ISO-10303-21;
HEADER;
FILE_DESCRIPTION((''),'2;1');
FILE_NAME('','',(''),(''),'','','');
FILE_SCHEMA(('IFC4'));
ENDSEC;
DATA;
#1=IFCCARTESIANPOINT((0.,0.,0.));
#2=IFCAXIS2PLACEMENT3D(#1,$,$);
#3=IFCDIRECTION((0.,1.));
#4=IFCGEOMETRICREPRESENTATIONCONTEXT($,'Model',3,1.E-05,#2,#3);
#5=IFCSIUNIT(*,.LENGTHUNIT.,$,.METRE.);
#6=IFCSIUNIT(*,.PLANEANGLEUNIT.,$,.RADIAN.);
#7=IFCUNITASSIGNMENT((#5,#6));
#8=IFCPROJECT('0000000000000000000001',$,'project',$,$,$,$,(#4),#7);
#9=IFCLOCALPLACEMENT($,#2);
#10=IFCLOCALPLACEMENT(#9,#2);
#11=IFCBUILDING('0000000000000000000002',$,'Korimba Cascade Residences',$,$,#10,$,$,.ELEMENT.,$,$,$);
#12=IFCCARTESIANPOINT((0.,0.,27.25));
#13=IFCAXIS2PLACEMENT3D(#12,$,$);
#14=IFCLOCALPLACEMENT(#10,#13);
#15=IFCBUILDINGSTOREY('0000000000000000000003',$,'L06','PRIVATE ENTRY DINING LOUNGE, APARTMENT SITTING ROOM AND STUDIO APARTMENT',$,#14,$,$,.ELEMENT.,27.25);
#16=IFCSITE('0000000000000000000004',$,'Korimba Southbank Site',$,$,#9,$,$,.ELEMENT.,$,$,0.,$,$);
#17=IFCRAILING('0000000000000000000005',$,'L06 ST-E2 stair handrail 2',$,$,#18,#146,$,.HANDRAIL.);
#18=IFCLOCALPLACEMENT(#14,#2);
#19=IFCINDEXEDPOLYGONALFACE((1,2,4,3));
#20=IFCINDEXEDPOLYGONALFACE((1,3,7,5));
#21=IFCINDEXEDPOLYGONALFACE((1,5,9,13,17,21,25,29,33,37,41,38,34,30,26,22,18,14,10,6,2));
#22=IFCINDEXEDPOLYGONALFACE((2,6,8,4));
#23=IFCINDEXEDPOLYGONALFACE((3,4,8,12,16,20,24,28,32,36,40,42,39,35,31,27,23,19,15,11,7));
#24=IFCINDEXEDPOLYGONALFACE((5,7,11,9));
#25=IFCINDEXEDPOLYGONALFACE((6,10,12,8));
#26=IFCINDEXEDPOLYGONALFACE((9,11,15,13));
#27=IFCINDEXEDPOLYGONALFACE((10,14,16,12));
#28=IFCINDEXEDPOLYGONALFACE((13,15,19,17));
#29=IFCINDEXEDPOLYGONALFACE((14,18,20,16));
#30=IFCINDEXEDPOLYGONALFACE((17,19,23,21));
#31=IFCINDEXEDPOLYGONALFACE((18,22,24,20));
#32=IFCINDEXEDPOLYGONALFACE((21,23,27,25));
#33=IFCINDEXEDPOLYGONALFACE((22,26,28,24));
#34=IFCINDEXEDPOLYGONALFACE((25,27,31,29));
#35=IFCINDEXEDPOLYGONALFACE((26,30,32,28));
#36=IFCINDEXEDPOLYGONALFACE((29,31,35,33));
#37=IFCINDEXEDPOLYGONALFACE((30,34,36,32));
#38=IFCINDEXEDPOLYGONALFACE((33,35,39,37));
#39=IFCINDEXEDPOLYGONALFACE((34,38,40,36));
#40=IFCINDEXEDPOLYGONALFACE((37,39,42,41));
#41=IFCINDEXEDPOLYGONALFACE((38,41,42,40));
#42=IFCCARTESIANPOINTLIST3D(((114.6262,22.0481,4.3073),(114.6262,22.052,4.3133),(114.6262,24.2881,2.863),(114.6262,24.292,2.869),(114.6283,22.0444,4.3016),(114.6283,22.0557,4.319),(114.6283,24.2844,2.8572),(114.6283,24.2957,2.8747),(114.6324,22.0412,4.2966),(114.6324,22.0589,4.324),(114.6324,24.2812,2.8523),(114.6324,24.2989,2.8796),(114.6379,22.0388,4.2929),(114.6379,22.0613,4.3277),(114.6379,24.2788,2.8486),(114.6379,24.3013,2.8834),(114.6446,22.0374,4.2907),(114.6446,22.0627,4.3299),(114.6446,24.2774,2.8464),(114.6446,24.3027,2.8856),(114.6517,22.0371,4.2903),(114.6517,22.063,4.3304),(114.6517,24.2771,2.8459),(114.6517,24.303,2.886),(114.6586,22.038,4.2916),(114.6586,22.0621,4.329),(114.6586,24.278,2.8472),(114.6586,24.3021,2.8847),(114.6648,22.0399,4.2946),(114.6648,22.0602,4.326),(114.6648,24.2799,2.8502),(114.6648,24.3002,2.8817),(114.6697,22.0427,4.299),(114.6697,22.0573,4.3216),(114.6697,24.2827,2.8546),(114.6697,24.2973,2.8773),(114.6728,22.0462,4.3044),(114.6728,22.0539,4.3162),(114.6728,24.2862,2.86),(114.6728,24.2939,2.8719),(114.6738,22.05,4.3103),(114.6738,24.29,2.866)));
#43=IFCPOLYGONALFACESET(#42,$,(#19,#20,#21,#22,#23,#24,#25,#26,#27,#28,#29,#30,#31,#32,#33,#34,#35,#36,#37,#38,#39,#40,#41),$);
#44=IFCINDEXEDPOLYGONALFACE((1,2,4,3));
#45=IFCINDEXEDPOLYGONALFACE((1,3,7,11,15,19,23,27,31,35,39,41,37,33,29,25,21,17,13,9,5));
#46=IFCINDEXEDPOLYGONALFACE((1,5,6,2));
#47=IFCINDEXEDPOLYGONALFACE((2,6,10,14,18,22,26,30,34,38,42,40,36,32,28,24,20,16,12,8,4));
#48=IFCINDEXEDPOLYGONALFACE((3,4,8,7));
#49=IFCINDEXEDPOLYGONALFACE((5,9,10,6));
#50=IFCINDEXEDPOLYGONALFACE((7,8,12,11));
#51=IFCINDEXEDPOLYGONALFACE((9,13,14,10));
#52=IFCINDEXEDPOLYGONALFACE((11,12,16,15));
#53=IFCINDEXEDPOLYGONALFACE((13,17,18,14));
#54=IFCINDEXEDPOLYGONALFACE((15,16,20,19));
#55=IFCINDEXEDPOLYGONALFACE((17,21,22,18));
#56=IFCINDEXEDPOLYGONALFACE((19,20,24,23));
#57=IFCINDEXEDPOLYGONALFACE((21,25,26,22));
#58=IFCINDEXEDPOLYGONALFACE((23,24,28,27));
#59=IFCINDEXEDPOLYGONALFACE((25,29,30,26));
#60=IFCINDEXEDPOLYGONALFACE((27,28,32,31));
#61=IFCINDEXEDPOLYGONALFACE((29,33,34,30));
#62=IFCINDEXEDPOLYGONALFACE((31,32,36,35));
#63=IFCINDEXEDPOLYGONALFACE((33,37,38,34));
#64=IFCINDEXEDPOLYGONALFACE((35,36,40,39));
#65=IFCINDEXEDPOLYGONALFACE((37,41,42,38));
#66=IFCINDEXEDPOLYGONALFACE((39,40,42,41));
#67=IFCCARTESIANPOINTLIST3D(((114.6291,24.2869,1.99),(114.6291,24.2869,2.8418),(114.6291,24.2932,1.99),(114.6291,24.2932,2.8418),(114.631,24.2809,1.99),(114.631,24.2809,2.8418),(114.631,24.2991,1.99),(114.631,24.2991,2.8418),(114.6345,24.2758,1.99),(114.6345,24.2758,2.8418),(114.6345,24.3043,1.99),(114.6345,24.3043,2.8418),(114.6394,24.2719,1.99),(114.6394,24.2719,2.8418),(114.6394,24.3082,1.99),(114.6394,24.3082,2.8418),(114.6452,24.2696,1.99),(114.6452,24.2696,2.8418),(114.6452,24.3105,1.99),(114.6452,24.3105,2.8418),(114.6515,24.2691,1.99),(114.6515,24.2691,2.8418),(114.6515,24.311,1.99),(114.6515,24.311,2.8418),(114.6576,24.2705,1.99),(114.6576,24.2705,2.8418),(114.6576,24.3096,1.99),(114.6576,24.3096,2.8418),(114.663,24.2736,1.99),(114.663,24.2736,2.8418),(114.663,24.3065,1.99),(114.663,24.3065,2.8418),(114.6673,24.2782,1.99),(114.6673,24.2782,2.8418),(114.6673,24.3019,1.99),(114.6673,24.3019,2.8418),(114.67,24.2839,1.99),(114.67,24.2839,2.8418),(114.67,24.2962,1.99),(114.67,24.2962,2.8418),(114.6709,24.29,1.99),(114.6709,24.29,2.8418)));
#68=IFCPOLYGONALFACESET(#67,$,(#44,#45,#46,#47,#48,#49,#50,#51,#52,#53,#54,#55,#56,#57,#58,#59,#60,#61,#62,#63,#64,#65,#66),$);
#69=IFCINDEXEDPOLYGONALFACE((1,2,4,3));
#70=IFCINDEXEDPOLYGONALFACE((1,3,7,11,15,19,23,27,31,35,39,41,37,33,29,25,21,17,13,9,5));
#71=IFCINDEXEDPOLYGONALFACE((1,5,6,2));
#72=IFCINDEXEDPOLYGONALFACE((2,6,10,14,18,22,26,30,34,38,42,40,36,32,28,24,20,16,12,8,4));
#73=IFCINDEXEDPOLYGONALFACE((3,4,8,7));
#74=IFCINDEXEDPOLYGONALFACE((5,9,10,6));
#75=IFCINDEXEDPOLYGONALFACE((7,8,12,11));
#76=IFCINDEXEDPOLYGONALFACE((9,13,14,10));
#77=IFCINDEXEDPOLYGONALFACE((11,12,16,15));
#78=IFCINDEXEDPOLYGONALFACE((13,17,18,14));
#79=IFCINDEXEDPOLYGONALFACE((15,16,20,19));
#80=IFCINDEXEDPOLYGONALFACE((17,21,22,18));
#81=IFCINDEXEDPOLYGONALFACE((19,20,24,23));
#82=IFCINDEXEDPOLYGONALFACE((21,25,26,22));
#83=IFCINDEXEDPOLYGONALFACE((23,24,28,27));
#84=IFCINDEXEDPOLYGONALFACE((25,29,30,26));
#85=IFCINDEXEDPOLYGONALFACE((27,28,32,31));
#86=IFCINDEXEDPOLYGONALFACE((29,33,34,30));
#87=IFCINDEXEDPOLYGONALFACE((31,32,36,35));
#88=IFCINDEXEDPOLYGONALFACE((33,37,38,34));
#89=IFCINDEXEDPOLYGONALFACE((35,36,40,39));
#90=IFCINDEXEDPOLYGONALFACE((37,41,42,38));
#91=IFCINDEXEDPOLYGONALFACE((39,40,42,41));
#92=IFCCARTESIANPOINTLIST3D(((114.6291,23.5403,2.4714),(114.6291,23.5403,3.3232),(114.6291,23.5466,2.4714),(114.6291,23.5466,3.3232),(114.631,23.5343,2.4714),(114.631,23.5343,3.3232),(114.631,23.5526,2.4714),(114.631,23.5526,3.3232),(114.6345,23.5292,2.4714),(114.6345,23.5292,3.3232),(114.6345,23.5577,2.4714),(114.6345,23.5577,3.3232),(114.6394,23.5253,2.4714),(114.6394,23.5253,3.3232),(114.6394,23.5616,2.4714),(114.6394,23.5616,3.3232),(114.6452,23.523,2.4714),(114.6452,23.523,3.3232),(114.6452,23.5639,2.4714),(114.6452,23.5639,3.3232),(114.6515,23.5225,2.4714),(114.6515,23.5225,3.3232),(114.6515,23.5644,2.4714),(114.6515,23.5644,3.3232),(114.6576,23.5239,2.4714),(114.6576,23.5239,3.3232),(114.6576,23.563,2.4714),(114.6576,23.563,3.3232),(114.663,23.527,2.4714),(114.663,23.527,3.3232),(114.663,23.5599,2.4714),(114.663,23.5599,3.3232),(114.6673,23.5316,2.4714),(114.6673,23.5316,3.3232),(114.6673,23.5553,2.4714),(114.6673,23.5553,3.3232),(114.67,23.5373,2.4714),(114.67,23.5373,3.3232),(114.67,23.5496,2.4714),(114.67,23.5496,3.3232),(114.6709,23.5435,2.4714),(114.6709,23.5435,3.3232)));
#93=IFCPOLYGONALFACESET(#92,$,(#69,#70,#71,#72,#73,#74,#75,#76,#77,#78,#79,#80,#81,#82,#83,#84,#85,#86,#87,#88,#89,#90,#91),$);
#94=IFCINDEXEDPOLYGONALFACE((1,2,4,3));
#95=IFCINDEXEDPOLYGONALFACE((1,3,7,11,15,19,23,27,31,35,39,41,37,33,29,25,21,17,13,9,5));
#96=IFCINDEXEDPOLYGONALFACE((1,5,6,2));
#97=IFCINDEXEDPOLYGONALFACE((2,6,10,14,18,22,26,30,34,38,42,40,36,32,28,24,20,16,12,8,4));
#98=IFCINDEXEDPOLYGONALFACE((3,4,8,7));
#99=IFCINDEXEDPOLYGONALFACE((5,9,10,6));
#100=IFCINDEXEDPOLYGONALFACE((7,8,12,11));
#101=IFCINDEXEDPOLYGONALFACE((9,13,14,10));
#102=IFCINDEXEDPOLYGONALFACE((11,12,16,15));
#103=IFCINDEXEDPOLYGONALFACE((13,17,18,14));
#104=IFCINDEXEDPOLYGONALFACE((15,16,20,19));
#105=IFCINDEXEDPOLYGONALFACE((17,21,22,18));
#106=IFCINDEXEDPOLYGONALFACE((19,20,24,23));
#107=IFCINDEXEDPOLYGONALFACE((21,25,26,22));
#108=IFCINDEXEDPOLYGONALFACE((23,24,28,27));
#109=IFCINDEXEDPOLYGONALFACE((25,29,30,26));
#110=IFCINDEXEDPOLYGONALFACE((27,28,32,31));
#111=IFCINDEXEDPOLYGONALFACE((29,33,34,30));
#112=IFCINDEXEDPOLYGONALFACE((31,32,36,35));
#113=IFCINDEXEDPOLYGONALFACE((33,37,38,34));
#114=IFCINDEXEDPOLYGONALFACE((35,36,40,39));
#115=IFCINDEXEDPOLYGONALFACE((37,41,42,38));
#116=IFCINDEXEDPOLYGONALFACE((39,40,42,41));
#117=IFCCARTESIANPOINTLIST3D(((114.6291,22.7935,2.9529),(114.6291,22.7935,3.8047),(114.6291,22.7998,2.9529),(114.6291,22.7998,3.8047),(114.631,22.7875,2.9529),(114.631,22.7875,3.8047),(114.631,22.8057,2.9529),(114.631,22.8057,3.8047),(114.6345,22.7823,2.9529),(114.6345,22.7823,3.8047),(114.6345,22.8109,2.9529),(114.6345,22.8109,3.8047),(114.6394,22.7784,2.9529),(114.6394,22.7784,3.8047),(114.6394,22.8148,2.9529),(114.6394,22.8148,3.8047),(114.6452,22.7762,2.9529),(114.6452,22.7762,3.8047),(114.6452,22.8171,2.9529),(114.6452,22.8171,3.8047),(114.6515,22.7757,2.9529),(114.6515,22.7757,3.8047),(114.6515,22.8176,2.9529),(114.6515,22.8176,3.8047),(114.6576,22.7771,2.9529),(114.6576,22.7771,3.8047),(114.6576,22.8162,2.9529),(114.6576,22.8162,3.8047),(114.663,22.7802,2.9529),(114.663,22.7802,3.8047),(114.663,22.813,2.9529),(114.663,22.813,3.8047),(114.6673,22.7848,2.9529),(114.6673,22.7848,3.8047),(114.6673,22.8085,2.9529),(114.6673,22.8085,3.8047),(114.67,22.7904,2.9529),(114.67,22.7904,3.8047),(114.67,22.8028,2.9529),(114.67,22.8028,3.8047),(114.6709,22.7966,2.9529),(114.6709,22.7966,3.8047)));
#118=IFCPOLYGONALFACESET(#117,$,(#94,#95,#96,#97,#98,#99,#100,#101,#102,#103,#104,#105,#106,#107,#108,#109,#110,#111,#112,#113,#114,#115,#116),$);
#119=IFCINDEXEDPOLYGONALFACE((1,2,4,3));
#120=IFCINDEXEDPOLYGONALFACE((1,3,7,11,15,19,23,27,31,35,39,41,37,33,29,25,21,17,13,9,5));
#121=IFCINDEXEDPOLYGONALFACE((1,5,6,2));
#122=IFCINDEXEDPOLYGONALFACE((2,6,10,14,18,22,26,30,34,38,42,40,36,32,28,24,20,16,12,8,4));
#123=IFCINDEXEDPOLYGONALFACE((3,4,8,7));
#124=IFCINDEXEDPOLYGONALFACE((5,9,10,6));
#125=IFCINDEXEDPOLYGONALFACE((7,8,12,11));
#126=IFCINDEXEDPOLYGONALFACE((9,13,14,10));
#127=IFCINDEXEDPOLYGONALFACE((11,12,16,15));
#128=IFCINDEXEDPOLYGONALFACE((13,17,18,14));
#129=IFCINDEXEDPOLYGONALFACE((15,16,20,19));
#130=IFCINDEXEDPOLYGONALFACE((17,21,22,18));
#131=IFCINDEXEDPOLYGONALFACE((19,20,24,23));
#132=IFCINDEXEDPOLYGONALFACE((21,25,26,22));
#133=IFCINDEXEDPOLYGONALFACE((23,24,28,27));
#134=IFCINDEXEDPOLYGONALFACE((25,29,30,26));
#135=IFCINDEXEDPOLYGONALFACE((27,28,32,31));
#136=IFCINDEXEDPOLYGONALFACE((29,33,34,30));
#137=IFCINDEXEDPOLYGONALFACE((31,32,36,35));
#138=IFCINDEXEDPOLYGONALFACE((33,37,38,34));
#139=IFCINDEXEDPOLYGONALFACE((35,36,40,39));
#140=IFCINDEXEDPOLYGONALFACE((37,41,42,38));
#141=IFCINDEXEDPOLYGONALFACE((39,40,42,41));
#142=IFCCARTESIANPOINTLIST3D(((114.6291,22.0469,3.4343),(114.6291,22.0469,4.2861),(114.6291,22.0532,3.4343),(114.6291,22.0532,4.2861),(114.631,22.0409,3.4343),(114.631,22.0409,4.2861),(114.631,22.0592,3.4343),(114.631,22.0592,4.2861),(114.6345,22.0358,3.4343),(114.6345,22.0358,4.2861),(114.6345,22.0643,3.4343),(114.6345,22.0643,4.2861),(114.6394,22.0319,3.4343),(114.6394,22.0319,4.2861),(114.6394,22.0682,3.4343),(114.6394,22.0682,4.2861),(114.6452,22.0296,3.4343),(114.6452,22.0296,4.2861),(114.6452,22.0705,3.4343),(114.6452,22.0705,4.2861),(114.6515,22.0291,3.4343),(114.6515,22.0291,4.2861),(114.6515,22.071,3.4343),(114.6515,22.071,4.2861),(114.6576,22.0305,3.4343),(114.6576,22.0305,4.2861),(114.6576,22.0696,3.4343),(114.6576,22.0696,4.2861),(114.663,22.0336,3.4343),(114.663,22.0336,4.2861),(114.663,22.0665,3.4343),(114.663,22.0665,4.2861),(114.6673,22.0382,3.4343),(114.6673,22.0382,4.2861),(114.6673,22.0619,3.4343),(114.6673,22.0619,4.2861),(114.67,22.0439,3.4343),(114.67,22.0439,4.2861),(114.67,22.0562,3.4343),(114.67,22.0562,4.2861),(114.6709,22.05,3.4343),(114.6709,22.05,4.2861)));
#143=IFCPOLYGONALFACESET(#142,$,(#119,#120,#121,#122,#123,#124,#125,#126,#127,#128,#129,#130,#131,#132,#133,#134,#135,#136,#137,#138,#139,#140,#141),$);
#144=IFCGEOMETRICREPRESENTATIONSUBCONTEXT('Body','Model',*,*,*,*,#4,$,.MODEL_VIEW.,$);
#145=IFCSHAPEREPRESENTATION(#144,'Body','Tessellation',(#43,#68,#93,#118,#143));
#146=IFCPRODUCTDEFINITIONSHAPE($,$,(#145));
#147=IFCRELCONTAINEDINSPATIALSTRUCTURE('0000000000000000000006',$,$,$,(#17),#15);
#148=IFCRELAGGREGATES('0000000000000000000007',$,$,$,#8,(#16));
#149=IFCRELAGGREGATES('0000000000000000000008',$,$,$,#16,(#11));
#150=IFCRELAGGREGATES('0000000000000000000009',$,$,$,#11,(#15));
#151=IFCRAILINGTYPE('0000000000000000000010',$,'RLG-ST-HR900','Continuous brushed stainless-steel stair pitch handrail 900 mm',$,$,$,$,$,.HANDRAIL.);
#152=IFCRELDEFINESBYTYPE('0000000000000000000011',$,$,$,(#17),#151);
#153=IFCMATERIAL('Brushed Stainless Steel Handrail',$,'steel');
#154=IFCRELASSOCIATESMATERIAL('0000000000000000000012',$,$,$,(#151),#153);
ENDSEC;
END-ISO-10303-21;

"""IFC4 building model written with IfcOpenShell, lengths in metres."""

from ifc_helpers import new_model, si_unit, direction, frame, origin, origin_2d, place, context, subcontext, project, spatial, circle, extrude, material, type_object, element, save


model = new_model("IFC4")

# Units and contexts
model_context = context("Model", 3, precision=1e-05, world=origin(), true_north=direction((0.0, 1.0)))
body_context = subcontext(model_context, "Body", "Model", "MODEL_VIEW")
ifc_project = project(units=[si_unit("LENGTHUNIT", "METRE"), si_unit("PLANEANGLEUNIT", "RADIAN")], contexts=[model_context])

# Site, building, storey
site_placement = place(None, origin())
site = spatial("IfcSite", under=ifc_project, at=site_placement, Name="Korimba Southbank Site", CompositionType="ELEMENT", RefElevation=0.0)
building_placement = place(site_placement, origin())
building = spatial("IfcBuilding", under=site, at=building_placement, Name="Korimba Cascade Residences", CompositionType="ELEMENT")
storey_placement = place(building_placement, frame((0.0, 0.0, 27.25)))
storey = spatial("IfcBuildingStorey", under=building, at=storey_placement, Name="L06", Description="PRIVATE ENTRY DINING LOUNGE, APARTMENT SITTING ROOM AND STUDIO APARTMENT", CompositionType="ELEMENT", Elevation=27.25)

# Railing
ifc_material_1 = material(Name="Brushed Stainless Steel Handrail", Category="steel")
railing_type_1 = type_object("IfcRailingType", Name="RLG-ST-HR900", Description="Continuous brushed stainless-steel stair pitch handrail 900 mm", PredefinedType="HANDRAIL", material=ifc_material_1)
railing_1_placement = place(storey_placement, frame((114.6499, 24.29, 1.99)))
element("IfcRailing", 1, at=railing_1_placement, inside=storey, type_object=railing_type_1, Name="L06 ST-E2 stair handrail 2", PredefinedType="HANDRAIL", context=body_context, shape_type="SweptSolid", body=[
    extrude(circle(Radius=0.0239, at=origin_2d()), frame((0.0, 0.0, 0.876), z_axis=(0.0, -0.840437, 0.54191), x_axis=(1.0, 0.0, 0.0)), (0.0, 0.0, 1.0), 2.6653),
    extrude(circle(Radius=0.021, at=origin_2d()), origin(), (0.0, 0.0, 1.0), 0.8518),
    extrude(circle(Radius=0.021, at=origin_2d()), frame((0.0, -0.7466, 0.4814)), (0.0, 0.0, 1.0), 0.8518),
    extrude(circle(Radius=0.021, at=origin_2d()), frame((0.0, -1.4934, 0.9629)), (0.0, 0.0, 1.0), 0.8518),
    extrude(circle(Radius=0.021, at=origin_2d()), frame((0.0, -2.24, 1.4443)), (0.0, 0.0, 1.0), 0.8518),
])

save(model, "model.ifc")
